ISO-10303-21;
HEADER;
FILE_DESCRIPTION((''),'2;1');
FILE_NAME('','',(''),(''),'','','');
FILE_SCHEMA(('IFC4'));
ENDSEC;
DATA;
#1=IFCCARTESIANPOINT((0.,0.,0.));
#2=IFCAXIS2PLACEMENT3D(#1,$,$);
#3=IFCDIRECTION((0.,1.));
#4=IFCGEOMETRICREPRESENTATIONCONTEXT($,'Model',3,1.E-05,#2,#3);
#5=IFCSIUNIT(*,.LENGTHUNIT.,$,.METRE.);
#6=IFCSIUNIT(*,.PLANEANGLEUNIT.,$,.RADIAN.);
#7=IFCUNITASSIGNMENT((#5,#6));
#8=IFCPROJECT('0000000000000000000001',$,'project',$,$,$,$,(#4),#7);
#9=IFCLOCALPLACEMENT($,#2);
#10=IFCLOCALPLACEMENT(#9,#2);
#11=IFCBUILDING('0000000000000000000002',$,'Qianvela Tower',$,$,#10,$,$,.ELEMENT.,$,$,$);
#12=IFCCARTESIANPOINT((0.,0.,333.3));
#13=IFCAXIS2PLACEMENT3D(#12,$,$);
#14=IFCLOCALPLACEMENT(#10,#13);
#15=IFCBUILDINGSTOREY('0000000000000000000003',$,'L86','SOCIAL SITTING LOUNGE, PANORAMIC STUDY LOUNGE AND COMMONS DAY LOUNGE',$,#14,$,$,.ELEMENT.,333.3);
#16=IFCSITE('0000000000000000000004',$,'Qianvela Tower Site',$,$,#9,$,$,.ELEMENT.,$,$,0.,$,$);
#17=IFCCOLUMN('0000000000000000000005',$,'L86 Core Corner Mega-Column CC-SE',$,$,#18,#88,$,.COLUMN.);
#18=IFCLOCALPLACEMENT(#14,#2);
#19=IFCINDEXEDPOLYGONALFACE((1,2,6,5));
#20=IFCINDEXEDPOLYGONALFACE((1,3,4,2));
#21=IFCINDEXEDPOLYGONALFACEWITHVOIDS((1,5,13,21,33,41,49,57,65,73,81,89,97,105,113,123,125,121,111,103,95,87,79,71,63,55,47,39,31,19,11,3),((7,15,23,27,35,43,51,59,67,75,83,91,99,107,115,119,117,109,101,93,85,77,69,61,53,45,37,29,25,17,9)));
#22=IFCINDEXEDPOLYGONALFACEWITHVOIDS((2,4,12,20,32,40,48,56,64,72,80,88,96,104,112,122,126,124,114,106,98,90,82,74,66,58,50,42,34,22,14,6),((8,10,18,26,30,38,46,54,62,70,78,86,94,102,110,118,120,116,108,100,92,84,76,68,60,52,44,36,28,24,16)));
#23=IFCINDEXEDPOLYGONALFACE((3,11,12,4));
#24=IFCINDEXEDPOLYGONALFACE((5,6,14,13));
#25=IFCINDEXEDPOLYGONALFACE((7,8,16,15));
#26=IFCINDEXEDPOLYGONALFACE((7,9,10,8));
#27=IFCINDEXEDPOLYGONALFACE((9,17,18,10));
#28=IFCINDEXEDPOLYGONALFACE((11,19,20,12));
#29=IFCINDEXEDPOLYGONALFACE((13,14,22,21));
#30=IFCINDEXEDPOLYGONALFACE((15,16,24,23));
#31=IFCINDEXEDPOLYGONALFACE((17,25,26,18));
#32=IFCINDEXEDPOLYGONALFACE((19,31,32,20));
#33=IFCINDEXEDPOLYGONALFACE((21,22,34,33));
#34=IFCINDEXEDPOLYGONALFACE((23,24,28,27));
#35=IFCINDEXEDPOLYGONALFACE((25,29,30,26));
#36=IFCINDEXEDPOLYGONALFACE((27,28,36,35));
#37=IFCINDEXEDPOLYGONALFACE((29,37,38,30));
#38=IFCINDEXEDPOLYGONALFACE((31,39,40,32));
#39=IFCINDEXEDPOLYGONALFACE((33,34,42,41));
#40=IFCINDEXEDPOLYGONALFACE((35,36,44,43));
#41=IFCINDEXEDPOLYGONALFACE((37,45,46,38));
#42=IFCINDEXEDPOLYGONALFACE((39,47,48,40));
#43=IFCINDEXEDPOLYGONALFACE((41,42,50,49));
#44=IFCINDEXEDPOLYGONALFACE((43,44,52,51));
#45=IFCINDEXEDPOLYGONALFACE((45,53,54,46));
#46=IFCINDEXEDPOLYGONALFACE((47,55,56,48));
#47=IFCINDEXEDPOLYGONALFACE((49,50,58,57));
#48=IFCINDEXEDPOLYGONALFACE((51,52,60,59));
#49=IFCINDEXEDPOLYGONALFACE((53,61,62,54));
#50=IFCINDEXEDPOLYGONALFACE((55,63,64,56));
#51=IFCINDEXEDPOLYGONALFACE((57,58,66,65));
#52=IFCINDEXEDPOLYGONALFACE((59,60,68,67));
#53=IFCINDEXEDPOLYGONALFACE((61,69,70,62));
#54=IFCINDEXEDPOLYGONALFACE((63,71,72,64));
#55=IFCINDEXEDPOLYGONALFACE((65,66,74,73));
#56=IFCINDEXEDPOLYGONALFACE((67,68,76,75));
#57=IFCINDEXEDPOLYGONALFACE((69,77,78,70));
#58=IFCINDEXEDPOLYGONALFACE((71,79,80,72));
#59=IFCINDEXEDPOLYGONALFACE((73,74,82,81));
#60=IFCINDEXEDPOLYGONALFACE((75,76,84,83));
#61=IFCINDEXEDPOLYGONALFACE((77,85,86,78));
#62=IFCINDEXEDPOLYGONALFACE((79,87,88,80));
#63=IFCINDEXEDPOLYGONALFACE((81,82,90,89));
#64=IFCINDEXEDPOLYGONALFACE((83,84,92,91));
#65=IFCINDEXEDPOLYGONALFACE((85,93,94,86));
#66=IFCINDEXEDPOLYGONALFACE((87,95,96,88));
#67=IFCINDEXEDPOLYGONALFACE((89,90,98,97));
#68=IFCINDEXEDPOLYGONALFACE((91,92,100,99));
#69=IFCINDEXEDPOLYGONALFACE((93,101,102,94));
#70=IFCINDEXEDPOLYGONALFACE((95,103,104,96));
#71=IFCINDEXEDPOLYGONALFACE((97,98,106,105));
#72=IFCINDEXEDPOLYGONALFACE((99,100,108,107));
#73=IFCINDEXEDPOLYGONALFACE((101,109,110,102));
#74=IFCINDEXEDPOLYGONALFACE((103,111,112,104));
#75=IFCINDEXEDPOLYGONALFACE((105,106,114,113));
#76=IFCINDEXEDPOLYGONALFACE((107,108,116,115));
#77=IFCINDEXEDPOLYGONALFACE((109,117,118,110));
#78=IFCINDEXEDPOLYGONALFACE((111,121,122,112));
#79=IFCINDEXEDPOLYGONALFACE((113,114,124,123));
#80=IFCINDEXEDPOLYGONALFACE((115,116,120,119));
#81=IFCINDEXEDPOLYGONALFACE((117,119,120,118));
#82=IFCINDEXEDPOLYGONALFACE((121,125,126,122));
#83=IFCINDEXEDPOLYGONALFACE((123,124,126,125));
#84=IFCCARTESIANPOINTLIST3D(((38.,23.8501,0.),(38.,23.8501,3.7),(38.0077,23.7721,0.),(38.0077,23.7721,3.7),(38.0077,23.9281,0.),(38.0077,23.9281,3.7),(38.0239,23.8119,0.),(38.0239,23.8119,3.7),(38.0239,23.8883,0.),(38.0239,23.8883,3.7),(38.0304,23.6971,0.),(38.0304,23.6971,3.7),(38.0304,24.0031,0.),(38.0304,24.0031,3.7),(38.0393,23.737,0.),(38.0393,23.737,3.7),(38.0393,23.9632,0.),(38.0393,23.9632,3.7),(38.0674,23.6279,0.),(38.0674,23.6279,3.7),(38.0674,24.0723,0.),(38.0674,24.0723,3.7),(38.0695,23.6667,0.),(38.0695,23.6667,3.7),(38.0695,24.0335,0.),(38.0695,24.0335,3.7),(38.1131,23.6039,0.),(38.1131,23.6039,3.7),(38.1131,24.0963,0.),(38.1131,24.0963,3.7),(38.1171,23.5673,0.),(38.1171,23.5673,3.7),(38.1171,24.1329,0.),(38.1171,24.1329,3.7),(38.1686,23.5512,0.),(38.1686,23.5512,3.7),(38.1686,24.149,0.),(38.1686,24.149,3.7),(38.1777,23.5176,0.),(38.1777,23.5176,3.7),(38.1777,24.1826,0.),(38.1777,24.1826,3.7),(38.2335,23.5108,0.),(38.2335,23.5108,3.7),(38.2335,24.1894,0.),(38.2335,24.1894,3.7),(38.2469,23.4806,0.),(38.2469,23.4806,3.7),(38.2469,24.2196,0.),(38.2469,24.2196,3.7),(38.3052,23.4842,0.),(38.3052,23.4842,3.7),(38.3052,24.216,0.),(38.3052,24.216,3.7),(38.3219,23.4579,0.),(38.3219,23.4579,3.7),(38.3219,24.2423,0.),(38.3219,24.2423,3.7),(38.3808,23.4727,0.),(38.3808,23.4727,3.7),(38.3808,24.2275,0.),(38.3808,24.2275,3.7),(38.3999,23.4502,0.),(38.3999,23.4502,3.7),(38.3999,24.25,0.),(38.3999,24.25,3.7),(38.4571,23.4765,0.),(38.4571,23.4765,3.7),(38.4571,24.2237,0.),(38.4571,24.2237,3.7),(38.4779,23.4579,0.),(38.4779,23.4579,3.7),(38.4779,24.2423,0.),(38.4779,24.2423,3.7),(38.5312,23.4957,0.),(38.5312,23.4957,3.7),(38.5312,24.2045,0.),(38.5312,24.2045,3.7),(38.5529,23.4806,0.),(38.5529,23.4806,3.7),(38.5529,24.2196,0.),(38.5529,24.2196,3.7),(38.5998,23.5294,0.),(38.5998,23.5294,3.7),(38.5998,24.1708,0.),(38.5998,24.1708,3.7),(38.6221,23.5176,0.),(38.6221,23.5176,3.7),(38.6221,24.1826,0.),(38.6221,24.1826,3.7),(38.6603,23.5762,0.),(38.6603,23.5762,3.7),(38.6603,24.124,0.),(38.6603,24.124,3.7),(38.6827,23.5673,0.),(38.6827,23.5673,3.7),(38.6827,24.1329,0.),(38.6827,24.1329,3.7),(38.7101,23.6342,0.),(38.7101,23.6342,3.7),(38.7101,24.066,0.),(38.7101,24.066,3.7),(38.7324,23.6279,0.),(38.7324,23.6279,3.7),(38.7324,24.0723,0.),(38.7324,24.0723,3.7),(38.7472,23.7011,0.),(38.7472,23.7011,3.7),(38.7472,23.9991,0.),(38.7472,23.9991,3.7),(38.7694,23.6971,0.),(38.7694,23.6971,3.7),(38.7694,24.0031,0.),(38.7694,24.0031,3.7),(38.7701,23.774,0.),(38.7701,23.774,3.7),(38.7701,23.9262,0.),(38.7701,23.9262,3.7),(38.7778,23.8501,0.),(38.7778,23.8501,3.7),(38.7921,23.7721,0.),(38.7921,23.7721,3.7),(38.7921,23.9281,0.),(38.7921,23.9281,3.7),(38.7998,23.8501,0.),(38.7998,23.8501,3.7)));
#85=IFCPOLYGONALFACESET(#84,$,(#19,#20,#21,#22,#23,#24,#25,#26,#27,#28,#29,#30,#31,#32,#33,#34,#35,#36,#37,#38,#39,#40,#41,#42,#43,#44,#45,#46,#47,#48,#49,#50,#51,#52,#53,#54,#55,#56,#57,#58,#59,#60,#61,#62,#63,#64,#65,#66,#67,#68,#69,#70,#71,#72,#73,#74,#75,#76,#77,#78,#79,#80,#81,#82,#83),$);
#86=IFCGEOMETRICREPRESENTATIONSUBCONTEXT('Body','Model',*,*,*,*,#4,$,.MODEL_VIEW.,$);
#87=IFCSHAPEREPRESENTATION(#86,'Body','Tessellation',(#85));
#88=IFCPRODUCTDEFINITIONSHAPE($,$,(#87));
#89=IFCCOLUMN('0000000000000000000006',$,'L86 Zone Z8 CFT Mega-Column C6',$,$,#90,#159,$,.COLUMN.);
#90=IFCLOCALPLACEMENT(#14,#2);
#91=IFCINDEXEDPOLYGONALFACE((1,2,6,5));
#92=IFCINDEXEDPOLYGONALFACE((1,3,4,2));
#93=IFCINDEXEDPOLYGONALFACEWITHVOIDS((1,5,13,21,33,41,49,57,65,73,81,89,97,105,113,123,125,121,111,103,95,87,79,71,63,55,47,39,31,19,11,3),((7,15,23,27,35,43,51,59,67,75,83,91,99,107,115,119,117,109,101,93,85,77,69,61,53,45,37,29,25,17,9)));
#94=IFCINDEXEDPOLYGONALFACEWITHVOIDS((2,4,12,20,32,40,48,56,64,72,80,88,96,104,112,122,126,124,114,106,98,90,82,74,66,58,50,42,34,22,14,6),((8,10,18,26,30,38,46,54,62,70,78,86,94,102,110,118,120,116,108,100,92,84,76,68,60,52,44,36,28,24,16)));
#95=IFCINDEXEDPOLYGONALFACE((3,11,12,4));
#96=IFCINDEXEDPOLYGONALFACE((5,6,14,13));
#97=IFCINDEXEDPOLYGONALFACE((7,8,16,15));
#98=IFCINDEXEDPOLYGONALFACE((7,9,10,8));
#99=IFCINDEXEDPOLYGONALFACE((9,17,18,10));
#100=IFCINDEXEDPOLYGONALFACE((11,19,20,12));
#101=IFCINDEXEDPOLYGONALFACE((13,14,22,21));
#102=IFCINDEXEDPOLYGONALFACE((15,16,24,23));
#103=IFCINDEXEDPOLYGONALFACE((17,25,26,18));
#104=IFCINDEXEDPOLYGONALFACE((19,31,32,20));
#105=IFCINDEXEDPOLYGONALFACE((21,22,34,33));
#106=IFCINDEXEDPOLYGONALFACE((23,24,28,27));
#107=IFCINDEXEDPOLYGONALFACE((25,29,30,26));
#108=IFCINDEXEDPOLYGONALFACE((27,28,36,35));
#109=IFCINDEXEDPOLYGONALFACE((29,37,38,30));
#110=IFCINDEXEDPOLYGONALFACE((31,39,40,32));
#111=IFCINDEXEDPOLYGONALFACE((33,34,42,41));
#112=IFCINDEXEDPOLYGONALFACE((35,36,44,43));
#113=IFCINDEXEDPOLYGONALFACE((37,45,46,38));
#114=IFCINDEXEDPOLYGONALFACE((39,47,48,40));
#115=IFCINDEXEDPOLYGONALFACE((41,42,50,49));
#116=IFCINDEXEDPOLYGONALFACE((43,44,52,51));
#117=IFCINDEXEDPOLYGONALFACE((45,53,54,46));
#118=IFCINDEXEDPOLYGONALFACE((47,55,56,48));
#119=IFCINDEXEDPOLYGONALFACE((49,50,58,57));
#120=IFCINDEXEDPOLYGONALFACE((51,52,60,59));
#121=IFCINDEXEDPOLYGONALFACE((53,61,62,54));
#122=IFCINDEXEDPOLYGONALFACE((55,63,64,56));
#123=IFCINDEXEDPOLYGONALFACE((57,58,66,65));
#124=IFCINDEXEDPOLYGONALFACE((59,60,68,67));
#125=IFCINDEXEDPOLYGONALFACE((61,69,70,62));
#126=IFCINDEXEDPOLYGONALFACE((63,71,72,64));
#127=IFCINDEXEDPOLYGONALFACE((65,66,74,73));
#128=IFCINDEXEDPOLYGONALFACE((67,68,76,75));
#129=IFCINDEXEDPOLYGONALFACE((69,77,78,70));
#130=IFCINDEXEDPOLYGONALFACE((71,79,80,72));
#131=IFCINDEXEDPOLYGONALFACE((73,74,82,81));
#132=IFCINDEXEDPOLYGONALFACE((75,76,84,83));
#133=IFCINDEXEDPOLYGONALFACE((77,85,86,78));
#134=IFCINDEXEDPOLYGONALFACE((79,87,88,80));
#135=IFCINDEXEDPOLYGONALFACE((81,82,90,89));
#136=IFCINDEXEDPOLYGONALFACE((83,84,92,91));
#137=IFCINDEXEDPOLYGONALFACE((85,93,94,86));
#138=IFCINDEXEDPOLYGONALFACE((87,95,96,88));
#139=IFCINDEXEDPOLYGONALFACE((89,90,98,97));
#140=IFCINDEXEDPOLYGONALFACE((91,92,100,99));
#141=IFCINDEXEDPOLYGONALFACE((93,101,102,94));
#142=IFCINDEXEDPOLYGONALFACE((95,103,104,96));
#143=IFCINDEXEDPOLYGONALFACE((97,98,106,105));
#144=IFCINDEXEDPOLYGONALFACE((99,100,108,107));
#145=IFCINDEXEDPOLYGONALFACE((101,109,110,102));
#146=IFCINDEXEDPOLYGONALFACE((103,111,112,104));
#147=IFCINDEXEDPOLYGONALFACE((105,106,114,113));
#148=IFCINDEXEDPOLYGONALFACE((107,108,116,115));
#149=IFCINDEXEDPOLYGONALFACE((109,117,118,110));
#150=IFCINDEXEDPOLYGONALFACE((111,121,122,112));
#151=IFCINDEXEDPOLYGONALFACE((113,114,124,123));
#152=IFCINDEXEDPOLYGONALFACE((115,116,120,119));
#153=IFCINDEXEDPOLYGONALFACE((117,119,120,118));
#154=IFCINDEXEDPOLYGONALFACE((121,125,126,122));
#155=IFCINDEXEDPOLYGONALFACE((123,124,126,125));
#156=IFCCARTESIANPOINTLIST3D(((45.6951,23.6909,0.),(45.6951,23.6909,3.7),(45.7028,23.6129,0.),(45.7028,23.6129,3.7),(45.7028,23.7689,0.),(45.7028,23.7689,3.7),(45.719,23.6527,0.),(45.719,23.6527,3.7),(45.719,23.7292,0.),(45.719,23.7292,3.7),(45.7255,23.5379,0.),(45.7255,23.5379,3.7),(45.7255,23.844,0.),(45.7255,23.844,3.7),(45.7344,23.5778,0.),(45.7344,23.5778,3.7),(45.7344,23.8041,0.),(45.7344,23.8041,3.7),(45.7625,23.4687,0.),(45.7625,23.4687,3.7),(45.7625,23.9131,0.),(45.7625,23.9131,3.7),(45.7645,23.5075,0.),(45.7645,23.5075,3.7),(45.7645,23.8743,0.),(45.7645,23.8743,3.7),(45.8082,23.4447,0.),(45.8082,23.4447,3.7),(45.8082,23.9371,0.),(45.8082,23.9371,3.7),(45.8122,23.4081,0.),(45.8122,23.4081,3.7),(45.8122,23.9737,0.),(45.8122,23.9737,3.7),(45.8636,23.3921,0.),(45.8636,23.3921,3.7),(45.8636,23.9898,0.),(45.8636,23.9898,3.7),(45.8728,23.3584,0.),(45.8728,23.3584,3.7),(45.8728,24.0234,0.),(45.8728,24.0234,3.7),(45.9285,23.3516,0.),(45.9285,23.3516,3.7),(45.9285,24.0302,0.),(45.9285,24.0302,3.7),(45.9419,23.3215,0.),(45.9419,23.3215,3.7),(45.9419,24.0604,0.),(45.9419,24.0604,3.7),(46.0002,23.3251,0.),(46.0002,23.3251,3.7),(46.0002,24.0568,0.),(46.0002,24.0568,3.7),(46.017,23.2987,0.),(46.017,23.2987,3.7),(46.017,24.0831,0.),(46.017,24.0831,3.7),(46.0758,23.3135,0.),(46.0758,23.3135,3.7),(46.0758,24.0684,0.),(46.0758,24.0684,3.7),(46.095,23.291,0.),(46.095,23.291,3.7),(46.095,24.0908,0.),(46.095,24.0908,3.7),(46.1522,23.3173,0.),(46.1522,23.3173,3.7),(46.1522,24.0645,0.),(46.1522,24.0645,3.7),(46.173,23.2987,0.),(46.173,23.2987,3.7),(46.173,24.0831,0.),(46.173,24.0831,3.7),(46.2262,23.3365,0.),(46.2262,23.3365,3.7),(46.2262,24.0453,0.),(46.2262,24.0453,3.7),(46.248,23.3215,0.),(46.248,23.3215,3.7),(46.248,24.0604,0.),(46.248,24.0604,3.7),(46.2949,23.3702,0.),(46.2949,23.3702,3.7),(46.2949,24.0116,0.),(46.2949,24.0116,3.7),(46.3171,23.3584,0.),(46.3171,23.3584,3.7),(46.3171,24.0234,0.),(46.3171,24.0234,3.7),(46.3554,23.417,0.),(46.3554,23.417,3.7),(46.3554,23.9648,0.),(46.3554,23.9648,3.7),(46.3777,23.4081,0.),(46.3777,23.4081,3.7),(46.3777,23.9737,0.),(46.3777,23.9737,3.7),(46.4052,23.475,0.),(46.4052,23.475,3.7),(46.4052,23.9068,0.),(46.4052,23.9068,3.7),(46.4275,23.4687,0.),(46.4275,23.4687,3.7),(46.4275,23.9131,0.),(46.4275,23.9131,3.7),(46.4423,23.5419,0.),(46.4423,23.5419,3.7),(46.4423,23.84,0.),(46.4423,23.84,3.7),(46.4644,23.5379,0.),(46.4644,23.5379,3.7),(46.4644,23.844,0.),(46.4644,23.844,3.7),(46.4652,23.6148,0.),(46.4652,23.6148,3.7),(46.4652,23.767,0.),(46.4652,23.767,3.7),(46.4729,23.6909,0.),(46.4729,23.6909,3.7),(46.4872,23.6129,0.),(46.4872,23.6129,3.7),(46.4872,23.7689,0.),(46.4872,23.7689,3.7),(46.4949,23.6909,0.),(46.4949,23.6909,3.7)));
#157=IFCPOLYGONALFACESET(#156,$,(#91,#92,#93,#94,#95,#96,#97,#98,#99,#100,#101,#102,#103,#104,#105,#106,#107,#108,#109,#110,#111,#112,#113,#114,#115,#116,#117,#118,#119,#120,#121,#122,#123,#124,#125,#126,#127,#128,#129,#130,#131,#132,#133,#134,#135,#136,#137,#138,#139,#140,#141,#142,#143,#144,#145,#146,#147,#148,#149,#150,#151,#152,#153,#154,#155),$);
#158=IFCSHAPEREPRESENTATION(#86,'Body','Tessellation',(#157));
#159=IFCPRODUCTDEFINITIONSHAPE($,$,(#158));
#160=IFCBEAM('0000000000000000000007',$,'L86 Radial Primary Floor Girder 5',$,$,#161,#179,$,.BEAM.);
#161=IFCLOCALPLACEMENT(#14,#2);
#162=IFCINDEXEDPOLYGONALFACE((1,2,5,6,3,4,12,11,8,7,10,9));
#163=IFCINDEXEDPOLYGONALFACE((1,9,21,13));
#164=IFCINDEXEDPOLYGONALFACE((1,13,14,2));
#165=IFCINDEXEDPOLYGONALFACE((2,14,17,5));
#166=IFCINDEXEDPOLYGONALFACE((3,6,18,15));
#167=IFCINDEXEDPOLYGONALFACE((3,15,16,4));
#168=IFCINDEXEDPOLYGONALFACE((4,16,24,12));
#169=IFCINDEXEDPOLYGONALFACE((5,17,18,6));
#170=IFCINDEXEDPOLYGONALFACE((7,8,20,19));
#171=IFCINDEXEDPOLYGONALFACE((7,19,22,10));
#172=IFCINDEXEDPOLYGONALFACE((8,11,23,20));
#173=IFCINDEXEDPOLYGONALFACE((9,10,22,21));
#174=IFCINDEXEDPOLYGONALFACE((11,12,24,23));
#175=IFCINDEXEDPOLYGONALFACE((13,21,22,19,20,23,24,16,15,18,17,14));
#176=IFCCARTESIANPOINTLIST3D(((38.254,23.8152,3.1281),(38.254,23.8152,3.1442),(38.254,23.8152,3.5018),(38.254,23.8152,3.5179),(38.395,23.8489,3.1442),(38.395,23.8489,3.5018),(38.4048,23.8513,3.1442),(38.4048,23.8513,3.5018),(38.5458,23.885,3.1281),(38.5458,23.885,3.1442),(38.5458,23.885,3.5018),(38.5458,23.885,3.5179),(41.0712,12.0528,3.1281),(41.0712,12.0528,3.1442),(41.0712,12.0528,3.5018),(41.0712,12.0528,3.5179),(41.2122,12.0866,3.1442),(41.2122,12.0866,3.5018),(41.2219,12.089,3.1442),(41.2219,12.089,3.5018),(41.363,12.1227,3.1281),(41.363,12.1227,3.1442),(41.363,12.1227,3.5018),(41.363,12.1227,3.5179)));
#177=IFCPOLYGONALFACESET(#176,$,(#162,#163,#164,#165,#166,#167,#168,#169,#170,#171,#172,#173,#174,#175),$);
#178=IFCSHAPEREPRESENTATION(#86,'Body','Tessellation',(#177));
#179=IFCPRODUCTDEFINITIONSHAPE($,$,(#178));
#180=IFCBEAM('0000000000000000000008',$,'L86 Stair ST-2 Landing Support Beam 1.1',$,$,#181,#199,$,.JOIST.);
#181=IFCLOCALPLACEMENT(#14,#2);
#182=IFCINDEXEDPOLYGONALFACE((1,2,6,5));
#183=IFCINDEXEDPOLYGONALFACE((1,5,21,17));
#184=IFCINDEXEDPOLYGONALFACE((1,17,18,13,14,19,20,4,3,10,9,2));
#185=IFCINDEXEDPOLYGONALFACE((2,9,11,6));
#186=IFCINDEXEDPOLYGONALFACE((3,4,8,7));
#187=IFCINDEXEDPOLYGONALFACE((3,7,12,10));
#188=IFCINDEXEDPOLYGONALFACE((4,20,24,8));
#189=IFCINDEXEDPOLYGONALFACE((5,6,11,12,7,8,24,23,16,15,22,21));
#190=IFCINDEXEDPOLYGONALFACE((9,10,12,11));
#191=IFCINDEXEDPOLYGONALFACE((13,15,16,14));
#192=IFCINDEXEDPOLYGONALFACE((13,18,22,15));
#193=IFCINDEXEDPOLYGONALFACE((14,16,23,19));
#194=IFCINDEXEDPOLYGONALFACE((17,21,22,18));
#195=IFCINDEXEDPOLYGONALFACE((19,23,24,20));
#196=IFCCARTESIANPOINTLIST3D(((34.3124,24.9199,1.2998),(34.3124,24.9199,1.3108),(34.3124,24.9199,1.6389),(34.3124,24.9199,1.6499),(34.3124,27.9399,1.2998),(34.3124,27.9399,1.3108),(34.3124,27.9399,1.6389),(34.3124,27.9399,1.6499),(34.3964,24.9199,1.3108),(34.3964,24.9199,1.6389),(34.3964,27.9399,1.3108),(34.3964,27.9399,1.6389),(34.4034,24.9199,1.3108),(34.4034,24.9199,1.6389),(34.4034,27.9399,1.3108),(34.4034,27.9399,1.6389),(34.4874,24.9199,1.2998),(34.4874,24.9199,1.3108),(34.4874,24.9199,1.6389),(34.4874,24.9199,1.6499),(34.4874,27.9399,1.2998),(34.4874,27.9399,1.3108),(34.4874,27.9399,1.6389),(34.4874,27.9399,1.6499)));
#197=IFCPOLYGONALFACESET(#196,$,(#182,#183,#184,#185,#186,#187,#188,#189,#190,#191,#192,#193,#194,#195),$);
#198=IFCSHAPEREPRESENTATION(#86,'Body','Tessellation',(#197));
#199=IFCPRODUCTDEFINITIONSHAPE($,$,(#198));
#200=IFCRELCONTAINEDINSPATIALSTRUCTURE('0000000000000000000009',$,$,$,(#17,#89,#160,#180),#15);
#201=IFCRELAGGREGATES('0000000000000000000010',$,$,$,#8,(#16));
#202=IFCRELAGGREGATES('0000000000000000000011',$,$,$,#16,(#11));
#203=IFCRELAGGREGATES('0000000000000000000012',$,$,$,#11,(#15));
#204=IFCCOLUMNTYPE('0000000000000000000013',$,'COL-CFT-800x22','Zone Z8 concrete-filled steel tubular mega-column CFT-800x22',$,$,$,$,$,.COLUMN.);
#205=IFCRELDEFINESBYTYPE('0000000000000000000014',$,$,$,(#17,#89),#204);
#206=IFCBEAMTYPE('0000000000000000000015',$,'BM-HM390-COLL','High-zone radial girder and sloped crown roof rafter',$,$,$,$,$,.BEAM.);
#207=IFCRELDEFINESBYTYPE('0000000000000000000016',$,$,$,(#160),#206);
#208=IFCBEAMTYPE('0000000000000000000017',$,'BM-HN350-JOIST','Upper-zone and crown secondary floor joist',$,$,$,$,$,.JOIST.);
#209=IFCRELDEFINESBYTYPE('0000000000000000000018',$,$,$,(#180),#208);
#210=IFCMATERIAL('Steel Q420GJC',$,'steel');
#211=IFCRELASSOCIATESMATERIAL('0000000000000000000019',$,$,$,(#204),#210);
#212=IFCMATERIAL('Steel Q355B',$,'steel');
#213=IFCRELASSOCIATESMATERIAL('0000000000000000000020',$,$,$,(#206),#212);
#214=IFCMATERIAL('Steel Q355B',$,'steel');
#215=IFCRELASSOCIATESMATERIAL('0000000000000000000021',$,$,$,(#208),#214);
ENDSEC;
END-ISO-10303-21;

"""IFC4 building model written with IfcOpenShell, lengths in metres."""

from ifc_helpers import new_model, si_unit, direction, frame, origin, origin_2d, place, context, subcontext, project, spatial, hollow_circle, i_section, extrude, material, material_profile, profile_set, type_object, element, save


model = new_model("IFC4")

# Units and contexts
model_context = context("Model", 3, precision=1e-05, world=origin(), true_north=direction((0.0, 1.0)))
body_context = subcontext(model_context, "Body", "Model", "MODEL_VIEW")
ifc_project = project(units=[si_unit("LENGTHUNIT", "METRE"), si_unit("PLANEANGLEUNIT", "RADIAN")], contexts=[model_context])

# Site, building, storey
site_placement = place(None, origin())
site = spatial("IfcSite", under=ifc_project, at=site_placement, Name="Qianvela Tower Site", CompositionType="ELEMENT", RefElevation=0.0)
building_placement = place(site_placement, origin())
building = spatial("IfcBuilding", under=site, at=building_placement, Name="Qianvela Tower", CompositionType="ELEMENT")
storey_placement = place(building_placement, frame((0.0, 0.0, 333.3)))
storey = spatial("IfcBuildingStorey", under=building, at=storey_placement, Name="L86", Description="SOCIAL SITTING LOUNGE, PANORAMIC STUDY LOUNGE AND COMMONS DAY LOUNGE", CompositionType="ELEMENT", Elevation=333.3)

# Columns
ifc_material_1 = material(Name="Steel Q420GJC", Category="steel")
ifc_material_profile_1 = material_profile(ifc_material_1, hollow_circle(Radius=0.3999, WallThickness=0.022, at=origin_2d()), Name="CFT-800x22")
ifc_profile_set_1 = profile_set([ifc_material_profile_1], Name="Steel Q420GJC")
column_type = type_object("IfcColumnType", Name="COL-CFT-800x22", Description="Zone Z8 concrete-filled steel tubular mega-column CFT-800x22", PredefinedType="COLUMN", material=ifc_profile_set_1)
for number, where, z_axis, x_axis, name in (
    (1, (38.3999, 23.8501, 0.0), (0.0, 0.0, 1.0), (1.0, 0.0, 0.0), "L86 Core Corner Mega-Column CC-SE"),
    (2, (46.095, 23.6909, 0.0), (0.0, 0.0, 1.0), (1.0, 0.0, 0.0), "L86 Zone Z8 CFT Mega-Column C6"),
):
    element("IfcColumn", number, at=place(storey_placement, frame(where, z_axis=z_axis, x_axis=x_axis)), inside=storey, type_object=column_type, Name=name, PredefinedType="COLUMN", context=body_context, shape_type="SweptSolid", body=[
        extrude(hollow_circle(Radius=0.3999, WallThickness=0.022, at=origin_2d()), origin(), (0.0, 0.0, 1.0), 3.7),
    ])

# Beams
ifc_material_2 = material(Name="Steel Q355B", Category="steel")
ifc_material_profile_2 = material_profile(ifc_material_2, i_section(OverallWidth=0.3, OverallDepth=0.3899, WebThickness=0.01, FlangeThickness=0.0161, at=origin_2d()), Name="HM390x300x10x16")
ifc_profile_set_2 = profile_set([ifc_material_profile_2], Name="Steel Q355B")
beam_type_1 = type_object("IfcBeamType", Name="BM-HM390-COLL", Description="High-zone radial girder and sloped crown roof rafter", PredefinedType="BEAM", material=ifc_profile_set_2)
beam_1_placement = place(storey_placement, frame((38.3999, 23.8501, 3.323), z_axis=(0.23292, -0.972496, 0.0), x_axis=(0.972496, 0.23292, 0.0)))
element("IfcBeam", 3, at=beam_1_placement, inside=storey, type_object=beam_type_1, Name="L86 Radial Primary Floor Girder 5", PredefinedType="BEAM", context=body_context, shape_type="SweptSolid", body=[
    extrude(i_section(OverallWidth=0.3, OverallDepth=0.3899, WebThickness=0.01, FlangeThickness=0.0161, at=origin_2d()), origin(), (0.0, 0.0, 1.0), 12.095),
])
ifc_material_3 = material(Name="Steel Q355B", Category="steel")
ifc_material_profile_3 = material_profile(ifc_material_3, i_section(OverallWidth=0.175, OverallDepth=0.3501, WebThickness=0.0071, FlangeThickness=0.011, at=origin_2d()), Name="HN350x175x7x11")
ifc_profile_set_3 = profile_set([ifc_material_profile_3], Name="Steel Q355B")
beam_type_2 = type_object("IfcBeamType", Name="BM-HN350-JOIST", Description="Upper-zone and crown secondary floor joist", PredefinedType="JOIST", material=ifc_profile_set_3)
for number, where, z_axis, x_axis, name in (
    (4, (34.3999, 24.9199, 1.4749), (0.0, 1.0, 0.0), (-1.0, 0.0, 0.0), "L86 Stair ST-2 Landing Support Beam 1.1"),
):
    element("IfcBeam", number, at=place(storey_placement, frame(where, z_axis=z_axis, x_axis=x_axis)), inside=storey, type_object=beam_type_2, Name=name, PredefinedType="JOIST", context=body_context, shape_type="SweptSolid", body=[
        extrude(i_section(OverallWidth=0.175, OverallDepth=0.3501, WebThickness=0.0071, FlangeThickness=0.011, at=origin_2d()), origin(), (0.0, 0.0, 1.0), 3.02),
    ])

save(model, "model.ifc")
